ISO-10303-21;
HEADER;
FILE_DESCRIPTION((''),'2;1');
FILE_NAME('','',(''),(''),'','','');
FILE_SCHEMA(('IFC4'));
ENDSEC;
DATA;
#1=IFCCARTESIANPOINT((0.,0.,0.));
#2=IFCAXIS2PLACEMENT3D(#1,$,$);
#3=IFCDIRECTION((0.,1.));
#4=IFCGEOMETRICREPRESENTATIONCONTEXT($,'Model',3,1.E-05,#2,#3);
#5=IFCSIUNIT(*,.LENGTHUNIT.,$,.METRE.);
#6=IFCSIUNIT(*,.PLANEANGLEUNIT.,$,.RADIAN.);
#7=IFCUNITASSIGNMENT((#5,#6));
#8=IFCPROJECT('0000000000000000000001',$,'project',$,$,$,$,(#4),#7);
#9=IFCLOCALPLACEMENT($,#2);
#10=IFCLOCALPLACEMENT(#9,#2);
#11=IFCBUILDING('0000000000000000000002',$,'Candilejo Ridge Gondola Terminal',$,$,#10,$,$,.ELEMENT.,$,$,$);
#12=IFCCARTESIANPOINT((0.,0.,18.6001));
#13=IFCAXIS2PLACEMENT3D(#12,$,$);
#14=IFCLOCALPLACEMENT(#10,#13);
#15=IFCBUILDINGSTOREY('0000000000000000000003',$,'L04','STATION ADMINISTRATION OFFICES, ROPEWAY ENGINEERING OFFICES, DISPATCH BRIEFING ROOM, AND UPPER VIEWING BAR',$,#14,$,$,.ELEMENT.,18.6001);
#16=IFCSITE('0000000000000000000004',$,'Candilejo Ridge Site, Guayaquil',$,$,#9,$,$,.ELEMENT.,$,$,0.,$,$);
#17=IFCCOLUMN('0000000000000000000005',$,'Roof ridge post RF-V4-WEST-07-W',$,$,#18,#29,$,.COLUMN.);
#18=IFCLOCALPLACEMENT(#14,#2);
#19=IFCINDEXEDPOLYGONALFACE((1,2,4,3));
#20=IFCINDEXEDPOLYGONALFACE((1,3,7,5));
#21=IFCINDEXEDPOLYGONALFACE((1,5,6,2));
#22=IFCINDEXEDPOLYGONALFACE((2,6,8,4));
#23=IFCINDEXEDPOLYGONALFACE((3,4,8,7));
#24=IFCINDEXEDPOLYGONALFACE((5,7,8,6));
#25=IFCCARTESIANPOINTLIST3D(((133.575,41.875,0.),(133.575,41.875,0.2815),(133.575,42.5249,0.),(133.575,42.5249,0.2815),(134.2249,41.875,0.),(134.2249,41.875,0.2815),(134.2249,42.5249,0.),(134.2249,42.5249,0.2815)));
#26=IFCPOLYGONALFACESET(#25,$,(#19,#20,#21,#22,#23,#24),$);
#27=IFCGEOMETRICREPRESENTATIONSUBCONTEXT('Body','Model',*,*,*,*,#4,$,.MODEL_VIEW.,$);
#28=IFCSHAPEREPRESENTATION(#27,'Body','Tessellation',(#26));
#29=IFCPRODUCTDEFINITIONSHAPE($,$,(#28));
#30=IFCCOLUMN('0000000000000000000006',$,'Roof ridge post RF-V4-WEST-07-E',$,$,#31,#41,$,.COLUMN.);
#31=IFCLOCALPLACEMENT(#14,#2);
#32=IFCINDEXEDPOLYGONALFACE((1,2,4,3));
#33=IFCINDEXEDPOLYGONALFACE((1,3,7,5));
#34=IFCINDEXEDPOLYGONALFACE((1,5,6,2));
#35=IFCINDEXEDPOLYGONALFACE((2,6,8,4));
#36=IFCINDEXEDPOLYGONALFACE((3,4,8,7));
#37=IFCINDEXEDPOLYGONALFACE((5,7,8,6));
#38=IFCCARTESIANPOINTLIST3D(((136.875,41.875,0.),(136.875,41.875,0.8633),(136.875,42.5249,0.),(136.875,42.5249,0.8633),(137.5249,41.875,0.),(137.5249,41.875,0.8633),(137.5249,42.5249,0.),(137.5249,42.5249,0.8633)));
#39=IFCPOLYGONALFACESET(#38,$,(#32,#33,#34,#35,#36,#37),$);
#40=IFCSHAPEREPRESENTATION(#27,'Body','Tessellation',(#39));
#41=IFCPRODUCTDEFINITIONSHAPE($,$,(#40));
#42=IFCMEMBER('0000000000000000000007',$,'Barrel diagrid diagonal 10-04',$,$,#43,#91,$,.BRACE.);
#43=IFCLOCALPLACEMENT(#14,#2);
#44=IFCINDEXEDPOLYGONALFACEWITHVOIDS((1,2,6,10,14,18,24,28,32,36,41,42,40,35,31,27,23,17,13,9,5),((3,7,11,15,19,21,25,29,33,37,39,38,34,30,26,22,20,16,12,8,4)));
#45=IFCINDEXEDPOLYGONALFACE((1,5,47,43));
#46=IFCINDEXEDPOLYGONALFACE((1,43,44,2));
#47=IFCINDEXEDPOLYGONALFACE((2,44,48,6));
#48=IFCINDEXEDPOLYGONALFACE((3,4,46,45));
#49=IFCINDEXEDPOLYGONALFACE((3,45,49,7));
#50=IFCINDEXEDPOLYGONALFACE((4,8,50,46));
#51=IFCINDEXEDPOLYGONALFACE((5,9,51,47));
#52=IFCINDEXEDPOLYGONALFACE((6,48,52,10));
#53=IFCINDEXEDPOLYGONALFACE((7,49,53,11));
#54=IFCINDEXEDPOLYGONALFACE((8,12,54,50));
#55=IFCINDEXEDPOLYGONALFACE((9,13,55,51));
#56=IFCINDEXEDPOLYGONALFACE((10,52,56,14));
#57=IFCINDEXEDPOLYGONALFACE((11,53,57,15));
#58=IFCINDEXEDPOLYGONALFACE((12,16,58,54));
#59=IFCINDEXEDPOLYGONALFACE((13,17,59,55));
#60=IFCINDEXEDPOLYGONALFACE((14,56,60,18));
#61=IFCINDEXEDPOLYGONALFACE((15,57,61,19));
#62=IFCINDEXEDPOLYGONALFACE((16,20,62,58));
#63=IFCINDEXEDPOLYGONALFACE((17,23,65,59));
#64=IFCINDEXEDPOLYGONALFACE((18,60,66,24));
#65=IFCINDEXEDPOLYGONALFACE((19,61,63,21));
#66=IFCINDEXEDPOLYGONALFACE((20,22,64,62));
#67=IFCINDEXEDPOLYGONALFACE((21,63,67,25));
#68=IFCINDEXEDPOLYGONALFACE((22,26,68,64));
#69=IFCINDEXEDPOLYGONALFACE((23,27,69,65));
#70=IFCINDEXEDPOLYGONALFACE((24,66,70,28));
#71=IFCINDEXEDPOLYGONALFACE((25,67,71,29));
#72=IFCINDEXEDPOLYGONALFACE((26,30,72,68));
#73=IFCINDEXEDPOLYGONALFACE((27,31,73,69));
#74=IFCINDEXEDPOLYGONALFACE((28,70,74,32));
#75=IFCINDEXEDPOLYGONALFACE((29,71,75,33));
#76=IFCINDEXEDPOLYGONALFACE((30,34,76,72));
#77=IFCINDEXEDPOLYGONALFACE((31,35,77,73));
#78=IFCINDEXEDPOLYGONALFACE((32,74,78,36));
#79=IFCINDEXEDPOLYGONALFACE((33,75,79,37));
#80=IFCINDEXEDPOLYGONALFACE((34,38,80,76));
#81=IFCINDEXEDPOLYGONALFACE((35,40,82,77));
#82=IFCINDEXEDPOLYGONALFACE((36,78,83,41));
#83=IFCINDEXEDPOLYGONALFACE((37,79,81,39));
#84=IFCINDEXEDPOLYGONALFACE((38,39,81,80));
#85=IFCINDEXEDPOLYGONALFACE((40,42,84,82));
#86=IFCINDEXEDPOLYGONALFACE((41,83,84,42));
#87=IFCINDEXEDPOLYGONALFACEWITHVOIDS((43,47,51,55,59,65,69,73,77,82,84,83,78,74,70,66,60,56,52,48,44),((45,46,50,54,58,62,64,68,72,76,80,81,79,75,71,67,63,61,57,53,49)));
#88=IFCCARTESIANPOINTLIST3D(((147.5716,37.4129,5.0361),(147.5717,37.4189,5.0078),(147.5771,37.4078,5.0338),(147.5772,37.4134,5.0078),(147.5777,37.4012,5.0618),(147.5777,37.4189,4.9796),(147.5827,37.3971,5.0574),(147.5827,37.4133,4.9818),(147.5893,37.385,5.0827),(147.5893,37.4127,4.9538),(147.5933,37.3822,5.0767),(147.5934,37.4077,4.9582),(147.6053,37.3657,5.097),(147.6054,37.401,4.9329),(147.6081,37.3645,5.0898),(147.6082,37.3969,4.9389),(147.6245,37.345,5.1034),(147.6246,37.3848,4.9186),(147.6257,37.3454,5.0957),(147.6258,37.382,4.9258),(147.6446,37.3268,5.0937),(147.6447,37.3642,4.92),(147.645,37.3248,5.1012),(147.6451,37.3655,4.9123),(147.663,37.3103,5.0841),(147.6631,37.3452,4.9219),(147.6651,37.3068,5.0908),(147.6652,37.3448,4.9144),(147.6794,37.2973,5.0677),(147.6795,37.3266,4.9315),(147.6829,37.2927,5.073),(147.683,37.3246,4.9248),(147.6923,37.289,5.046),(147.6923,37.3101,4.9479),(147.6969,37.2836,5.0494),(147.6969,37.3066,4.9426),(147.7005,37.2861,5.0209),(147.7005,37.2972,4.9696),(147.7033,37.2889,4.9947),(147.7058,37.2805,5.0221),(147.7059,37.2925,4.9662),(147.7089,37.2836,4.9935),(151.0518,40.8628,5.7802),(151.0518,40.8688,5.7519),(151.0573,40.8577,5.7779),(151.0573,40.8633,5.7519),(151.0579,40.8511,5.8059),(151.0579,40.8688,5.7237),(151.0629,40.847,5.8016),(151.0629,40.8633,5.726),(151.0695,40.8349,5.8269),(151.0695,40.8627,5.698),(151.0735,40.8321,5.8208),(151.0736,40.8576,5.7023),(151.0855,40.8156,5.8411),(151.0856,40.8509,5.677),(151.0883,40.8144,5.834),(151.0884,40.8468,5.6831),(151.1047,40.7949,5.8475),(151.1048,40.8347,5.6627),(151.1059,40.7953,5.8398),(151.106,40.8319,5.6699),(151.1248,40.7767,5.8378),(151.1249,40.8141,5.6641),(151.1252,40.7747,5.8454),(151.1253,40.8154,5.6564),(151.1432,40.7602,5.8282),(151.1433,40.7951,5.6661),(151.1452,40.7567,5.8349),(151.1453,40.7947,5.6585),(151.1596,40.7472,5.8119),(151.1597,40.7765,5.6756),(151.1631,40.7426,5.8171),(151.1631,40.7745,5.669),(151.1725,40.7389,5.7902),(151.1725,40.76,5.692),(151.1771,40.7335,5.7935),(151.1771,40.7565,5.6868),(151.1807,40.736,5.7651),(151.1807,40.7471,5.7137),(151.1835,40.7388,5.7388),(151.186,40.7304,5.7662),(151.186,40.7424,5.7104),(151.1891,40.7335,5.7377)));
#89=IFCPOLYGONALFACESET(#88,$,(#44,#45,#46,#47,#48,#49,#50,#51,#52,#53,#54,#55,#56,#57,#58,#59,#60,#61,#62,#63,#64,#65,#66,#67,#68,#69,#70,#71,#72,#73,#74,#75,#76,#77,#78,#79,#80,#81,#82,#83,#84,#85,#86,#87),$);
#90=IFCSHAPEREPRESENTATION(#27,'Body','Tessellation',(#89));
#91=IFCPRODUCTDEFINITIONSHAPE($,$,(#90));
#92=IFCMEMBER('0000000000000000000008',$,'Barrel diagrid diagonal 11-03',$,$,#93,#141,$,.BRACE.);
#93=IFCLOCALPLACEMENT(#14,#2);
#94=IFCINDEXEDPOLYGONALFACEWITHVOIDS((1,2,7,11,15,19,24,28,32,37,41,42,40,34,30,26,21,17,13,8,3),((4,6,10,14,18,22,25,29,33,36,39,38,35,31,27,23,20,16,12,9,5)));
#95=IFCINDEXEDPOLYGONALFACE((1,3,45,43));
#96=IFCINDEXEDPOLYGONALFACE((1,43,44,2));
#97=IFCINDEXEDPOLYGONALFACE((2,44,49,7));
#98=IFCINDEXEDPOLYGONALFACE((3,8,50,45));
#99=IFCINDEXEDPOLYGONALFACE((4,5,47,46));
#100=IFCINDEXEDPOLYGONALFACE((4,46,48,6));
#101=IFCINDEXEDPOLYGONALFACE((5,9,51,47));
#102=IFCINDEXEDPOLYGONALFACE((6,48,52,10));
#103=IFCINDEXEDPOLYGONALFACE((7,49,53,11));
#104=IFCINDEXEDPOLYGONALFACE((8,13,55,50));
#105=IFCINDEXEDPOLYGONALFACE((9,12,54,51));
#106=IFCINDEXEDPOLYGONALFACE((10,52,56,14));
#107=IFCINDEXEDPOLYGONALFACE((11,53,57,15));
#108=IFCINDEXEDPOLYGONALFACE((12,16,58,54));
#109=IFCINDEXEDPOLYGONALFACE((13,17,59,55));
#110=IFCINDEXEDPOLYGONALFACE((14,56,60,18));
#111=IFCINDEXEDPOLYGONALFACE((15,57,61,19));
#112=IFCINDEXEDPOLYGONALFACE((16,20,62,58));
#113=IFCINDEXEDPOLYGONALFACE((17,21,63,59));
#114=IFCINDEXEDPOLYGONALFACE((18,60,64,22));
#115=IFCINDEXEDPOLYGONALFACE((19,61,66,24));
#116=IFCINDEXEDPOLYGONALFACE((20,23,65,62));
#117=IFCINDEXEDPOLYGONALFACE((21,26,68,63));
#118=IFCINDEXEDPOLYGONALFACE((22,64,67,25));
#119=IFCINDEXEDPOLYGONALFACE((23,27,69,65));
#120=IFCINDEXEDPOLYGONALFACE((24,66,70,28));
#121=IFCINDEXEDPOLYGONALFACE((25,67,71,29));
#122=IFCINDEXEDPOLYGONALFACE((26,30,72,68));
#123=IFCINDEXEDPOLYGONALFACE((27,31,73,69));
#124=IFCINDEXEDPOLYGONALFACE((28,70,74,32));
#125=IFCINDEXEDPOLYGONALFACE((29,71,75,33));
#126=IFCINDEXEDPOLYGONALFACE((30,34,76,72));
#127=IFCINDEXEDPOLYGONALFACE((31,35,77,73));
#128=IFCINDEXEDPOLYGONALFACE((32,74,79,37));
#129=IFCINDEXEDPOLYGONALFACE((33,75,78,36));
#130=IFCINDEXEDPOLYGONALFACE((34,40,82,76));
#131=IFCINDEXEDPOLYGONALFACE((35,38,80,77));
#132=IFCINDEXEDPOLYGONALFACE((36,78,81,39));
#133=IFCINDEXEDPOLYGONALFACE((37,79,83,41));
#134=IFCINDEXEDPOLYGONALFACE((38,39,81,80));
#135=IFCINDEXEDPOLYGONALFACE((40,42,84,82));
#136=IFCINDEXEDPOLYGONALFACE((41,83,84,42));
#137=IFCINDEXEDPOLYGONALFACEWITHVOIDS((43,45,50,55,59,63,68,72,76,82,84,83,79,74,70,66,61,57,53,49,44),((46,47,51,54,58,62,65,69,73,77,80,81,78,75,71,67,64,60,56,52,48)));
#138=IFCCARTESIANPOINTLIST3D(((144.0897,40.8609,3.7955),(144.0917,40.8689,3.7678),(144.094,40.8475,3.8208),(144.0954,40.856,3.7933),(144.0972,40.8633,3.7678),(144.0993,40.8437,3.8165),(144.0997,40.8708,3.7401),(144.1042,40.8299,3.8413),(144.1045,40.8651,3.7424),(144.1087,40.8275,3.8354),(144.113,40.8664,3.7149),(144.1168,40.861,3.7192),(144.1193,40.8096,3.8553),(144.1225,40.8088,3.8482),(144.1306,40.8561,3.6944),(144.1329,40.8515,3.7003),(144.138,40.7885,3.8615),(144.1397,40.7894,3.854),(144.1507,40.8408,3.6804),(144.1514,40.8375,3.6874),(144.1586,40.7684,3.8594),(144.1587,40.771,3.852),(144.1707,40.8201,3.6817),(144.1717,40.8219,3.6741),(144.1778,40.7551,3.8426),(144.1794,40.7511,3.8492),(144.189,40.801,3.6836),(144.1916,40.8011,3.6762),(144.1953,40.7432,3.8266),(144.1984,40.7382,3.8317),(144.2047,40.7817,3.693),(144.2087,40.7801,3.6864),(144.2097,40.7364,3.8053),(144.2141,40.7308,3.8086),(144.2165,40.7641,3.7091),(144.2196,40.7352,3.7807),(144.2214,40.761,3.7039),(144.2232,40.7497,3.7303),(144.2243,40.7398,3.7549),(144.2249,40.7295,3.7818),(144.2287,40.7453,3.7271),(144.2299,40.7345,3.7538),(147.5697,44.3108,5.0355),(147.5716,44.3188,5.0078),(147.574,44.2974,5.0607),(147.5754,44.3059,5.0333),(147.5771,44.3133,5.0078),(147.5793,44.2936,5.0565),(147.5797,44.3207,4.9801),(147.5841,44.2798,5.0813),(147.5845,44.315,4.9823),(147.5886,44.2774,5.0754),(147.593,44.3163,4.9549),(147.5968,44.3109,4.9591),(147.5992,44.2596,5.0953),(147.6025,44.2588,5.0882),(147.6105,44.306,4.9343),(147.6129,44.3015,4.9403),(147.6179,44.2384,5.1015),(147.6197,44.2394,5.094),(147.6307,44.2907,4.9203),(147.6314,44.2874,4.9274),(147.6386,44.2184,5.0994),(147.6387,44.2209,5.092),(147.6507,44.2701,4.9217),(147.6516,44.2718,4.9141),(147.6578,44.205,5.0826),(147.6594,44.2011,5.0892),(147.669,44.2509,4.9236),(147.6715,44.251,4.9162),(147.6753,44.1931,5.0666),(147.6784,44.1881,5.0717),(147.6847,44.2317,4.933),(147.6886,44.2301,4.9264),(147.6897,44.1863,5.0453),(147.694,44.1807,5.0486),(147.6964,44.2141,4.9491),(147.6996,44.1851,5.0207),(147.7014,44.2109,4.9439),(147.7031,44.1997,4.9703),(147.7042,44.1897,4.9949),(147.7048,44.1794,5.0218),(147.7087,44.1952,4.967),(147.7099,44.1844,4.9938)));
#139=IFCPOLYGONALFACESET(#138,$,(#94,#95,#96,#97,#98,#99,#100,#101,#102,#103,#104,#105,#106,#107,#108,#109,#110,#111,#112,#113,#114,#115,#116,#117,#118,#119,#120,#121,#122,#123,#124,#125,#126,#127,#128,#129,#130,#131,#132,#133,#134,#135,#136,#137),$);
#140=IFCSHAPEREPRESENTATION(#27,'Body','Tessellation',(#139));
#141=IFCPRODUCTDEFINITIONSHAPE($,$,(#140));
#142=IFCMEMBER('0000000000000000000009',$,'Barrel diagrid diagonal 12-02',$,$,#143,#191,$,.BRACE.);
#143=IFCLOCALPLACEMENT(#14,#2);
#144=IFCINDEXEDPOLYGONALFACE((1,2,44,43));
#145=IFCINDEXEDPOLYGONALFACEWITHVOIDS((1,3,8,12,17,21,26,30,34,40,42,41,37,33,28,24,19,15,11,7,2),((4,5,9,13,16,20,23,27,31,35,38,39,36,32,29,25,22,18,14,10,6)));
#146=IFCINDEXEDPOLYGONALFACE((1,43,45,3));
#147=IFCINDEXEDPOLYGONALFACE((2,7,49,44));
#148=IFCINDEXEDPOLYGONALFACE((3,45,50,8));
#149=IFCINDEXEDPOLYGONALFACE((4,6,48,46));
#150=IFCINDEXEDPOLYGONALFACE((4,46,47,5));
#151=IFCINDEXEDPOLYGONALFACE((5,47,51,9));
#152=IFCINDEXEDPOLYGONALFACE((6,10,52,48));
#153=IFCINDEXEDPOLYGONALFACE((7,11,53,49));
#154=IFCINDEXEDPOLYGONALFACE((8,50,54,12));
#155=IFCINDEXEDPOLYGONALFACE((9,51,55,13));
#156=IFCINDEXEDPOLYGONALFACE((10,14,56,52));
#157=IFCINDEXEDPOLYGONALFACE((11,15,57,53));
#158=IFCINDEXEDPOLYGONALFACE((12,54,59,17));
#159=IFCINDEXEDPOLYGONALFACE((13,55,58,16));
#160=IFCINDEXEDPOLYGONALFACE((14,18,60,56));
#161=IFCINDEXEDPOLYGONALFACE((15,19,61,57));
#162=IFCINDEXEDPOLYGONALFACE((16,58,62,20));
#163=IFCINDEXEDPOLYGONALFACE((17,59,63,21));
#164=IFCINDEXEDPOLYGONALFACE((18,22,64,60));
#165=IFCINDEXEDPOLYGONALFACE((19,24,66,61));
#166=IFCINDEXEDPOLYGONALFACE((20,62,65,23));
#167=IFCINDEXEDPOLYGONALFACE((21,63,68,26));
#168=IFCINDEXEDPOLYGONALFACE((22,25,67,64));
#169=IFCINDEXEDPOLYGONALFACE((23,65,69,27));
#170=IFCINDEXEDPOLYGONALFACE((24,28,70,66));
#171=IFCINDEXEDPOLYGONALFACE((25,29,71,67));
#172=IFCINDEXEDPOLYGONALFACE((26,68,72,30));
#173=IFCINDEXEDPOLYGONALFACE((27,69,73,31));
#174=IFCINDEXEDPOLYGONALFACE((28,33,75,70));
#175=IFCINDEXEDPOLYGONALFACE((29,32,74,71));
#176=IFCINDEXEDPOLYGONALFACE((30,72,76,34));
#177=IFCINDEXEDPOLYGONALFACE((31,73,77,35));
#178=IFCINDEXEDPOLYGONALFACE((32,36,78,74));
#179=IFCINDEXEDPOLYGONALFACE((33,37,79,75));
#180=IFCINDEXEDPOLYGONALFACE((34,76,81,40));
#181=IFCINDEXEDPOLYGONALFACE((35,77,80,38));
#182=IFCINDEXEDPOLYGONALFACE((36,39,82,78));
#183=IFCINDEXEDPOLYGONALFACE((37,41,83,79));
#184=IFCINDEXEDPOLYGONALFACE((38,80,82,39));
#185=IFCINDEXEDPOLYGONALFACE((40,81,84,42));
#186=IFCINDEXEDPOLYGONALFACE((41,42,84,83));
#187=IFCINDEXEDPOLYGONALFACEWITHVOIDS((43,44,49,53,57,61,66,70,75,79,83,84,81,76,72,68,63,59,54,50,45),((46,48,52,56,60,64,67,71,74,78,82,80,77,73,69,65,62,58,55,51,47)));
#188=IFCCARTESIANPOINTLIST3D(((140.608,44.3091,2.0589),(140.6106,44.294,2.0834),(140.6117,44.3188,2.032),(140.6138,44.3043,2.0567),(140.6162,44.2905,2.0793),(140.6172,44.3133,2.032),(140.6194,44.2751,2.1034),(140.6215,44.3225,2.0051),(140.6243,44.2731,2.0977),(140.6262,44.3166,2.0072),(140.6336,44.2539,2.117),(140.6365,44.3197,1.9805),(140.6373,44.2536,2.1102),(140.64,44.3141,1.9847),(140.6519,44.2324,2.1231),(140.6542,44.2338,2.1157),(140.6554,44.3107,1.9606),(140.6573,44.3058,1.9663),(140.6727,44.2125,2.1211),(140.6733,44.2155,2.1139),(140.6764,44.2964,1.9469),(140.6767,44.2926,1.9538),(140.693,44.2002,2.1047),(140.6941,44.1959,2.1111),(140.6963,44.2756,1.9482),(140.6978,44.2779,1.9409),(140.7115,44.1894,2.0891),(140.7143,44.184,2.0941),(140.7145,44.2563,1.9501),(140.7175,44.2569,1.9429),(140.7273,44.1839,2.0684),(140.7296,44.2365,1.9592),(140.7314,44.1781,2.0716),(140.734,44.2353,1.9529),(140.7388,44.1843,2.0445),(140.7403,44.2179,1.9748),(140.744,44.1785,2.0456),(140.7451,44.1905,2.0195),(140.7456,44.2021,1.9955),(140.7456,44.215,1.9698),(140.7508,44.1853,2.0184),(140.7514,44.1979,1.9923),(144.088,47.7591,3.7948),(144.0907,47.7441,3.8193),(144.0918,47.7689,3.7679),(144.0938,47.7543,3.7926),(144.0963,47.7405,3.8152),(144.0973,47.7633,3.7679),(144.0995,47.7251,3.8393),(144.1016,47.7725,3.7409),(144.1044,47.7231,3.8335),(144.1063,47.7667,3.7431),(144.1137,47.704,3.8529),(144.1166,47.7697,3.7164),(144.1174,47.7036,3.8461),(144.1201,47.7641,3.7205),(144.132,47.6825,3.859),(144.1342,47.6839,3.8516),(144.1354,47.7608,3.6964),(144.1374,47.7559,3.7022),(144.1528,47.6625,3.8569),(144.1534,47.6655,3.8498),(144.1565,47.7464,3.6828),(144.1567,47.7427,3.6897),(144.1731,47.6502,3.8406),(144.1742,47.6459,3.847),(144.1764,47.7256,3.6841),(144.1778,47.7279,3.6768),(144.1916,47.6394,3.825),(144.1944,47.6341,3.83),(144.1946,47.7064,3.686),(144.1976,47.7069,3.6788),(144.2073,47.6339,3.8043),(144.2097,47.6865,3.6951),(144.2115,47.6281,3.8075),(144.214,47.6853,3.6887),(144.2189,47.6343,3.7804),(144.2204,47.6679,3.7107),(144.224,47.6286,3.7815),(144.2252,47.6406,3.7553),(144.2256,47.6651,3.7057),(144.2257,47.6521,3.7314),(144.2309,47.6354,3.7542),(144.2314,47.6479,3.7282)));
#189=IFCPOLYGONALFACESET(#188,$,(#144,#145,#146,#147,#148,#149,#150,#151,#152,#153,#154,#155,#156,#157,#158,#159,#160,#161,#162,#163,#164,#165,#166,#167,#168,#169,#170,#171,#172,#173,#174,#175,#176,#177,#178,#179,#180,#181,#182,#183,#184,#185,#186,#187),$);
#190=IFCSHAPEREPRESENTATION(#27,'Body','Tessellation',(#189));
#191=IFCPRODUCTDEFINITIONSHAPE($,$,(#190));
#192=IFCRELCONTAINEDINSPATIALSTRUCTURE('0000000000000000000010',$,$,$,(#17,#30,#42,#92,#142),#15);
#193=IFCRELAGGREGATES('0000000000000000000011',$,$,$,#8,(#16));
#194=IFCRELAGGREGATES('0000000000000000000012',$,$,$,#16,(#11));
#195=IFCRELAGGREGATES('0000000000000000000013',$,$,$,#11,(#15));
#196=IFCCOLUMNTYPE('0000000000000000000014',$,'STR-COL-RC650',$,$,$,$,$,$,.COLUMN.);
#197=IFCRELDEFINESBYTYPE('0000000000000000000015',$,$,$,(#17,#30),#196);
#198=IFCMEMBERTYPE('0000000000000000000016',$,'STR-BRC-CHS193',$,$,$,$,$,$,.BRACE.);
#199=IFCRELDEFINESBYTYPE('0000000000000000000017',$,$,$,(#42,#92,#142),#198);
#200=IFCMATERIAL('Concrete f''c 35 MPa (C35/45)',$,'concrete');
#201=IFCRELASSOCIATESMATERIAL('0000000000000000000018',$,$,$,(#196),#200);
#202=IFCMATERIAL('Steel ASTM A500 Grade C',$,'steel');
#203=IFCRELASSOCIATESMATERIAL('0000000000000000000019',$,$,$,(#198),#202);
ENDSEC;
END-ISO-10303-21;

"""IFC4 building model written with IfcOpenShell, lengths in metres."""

from ifc_helpers import new_model, si_unit, direction, frame, origin, origin_2d, place, context, subcontext, project, spatial, rectangle, hollow_circle, extrude, material, material_profile, profile_set, type_object, element, save


model = new_model("IFC4")

# Units and contexts
model_context = context("Model", 3, precision=1e-05, world=origin(), true_north=direction((0.0, 1.0)))
body_context = subcontext(model_context, "Body", "Model", "MODEL_VIEW")
ifc_project = project(units=[si_unit("LENGTHUNIT", "METRE"), si_unit("PLANEANGLEUNIT", "RADIAN")], contexts=[model_context])

# Site, building, storey
site_placement = place(None, origin())
site = spatial("IfcSite", under=ifc_project, at=site_placement, Name="Candilejo Ridge Site, Guayaquil", CompositionType="ELEMENT", RefElevation=0.0)
building_placement = place(site_placement, origin())
building = spatial("IfcBuilding", under=site, at=building_placement, Name="Candilejo Ridge Gondola Terminal", CompositionType="ELEMENT")
storey_placement = place(building_placement, frame((0.0, 0.0, 18.6001)))
storey = spatial("IfcBuildingStorey", under=building, at=storey_placement, Name="L04", Description="STATION ADMINISTRATION OFFICES, ROPEWAY ENGINEERING OFFICES, DISPATCH BRIEFING ROOM, AND UPPER VIEWING BAR", CompositionType="ELEMENT", Elevation=18.6001)

# Columns
ifc_material_1 = material(Name="Concrete f'c 35 MPa (C35/45)", Category="concrete")
ifc_material_profile_1 = material_profile(ifc_material_1, rectangle(XDim=0.6499, YDim=0.6499, at=origin_2d()))
ifc_profile_set_1 = profile_set([ifc_material_profile_1], Name="Concrete f'c 35 MPa (C35/45)")
column_type = type_object("IfcColumnType", Name="STR-COL-RC650", PredefinedType="COLUMN", material=ifc_profile_set_1)
column_1_placement = place(storey_placement, frame((133.8999, 42.2, 0.0), z_axis=(0.0, 0.0, 1.0), x_axis=(1.0, 0.0, 0.0)))
element("IfcColumn", 1, at=column_1_placement, inside=storey, type_object=column_type, Name="Roof ridge post RF-V4-WEST-07-W", PredefinedType="COLUMN", context=body_context, shape_type="SweptSolid", body=[
    extrude(rectangle(XDim=0.6499, YDim=0.6499, at=origin_2d()), origin(), (0.0, 0.0, 1.0), 0.2815),
])
column_2_placement = place(storey_placement, frame((137.2, 42.2, 0.0), z_axis=(0.0, 0.0, 1.0), x_axis=(1.0, 0.0, 0.0)))
element("IfcColumn", 2, at=column_2_placement, inside=storey, type_object=column_type, Name="Roof ridge post RF-V4-WEST-07-E", PredefinedType="COLUMN", context=body_context, shape_type="SweptSolid", body=[
    extrude(rectangle(XDim=0.6499, YDim=0.6499, at=origin_2d()), origin(), (0.0, 0.0, 1.0), 0.8633),
])

# Members
ifc_material_2 = material(Name="Steel ASTM A500 Grade C", Category="steel")
ifc_material_profile_2 = material_profile(ifc_material_2, hollow_circle(Radius=0.0969, WallThickness=0.0078, at=origin_2d()))
ifc_profile_set_2 = profile_set([ifc_material_profile_2], Name="Steel ASTM A500 Grade C")
member_type_1 = type_object("IfcMemberType", Name="STR-BRC-CHS193", PredefinedType="BRACE", material=ifc_profile_set_2)
member_1_placement = place(storey_placement, frame((147.6399, 37.3501, 5.0078), z_axis=(0.70214, 0.696032, 0.150131), x_axis=(-0.704011, 0.710189, 0.0)))
element("IfcMember", 3, at=member_1_placement, inside=storey, type_object=member_type_1, Name="Barrel diagrid diagonal 10-04", PredefinedType="BRACE", context=body_context, shape_type="SweptSolid", body=[
    extrude(hollow_circle(Radius=0.0969, WallThickness=0.0078, at=origin_2d()), origin(), (0.0, 0.0, 1.0), 4.9565),
])
member_2_placement = place(storey_placement, frame((144.1599, 40.8, 3.7678), z_axis=(0.688464, 0.682523, 0.245314), x_axis=(-0.704036, 0.710164, 0.0)))
element("IfcMember", 4, at=member_2_placement, inside=storey, type_object=member_type_1, Name="Barrel diagrid diagonal 11-03", PredefinedType="BRACE", context=body_context, shape_type="SweptSolid", body=[
    extrude(hollow_circle(Radius=0.0969, WallThickness=0.0078, at=origin_2d()), origin(), (0.0, 0.0, 1.0), 5.0547),
])
member_3_placement = place(storey_placement, frame((140.6799, 44.25, 2.032), z_axis=(0.669406, 0.663629, 0.333904), x_axis=(-0.704036, 0.710164, 0.0)))
element("IfcMember", 5, at=member_3_placement, inside=storey, type_object=member_type_1, Name="Barrel diagrid diagonal 12-02", PredefinedType="BRACE", context=body_context, shape_type="SweptSolid", body=[
    extrude(hollow_circle(Radius=0.0969, WallThickness=0.0078, at=origin_2d()), origin(), (0.0, 0.0, 1.0), 5.1987),
])

save(model, "model.ifc")
